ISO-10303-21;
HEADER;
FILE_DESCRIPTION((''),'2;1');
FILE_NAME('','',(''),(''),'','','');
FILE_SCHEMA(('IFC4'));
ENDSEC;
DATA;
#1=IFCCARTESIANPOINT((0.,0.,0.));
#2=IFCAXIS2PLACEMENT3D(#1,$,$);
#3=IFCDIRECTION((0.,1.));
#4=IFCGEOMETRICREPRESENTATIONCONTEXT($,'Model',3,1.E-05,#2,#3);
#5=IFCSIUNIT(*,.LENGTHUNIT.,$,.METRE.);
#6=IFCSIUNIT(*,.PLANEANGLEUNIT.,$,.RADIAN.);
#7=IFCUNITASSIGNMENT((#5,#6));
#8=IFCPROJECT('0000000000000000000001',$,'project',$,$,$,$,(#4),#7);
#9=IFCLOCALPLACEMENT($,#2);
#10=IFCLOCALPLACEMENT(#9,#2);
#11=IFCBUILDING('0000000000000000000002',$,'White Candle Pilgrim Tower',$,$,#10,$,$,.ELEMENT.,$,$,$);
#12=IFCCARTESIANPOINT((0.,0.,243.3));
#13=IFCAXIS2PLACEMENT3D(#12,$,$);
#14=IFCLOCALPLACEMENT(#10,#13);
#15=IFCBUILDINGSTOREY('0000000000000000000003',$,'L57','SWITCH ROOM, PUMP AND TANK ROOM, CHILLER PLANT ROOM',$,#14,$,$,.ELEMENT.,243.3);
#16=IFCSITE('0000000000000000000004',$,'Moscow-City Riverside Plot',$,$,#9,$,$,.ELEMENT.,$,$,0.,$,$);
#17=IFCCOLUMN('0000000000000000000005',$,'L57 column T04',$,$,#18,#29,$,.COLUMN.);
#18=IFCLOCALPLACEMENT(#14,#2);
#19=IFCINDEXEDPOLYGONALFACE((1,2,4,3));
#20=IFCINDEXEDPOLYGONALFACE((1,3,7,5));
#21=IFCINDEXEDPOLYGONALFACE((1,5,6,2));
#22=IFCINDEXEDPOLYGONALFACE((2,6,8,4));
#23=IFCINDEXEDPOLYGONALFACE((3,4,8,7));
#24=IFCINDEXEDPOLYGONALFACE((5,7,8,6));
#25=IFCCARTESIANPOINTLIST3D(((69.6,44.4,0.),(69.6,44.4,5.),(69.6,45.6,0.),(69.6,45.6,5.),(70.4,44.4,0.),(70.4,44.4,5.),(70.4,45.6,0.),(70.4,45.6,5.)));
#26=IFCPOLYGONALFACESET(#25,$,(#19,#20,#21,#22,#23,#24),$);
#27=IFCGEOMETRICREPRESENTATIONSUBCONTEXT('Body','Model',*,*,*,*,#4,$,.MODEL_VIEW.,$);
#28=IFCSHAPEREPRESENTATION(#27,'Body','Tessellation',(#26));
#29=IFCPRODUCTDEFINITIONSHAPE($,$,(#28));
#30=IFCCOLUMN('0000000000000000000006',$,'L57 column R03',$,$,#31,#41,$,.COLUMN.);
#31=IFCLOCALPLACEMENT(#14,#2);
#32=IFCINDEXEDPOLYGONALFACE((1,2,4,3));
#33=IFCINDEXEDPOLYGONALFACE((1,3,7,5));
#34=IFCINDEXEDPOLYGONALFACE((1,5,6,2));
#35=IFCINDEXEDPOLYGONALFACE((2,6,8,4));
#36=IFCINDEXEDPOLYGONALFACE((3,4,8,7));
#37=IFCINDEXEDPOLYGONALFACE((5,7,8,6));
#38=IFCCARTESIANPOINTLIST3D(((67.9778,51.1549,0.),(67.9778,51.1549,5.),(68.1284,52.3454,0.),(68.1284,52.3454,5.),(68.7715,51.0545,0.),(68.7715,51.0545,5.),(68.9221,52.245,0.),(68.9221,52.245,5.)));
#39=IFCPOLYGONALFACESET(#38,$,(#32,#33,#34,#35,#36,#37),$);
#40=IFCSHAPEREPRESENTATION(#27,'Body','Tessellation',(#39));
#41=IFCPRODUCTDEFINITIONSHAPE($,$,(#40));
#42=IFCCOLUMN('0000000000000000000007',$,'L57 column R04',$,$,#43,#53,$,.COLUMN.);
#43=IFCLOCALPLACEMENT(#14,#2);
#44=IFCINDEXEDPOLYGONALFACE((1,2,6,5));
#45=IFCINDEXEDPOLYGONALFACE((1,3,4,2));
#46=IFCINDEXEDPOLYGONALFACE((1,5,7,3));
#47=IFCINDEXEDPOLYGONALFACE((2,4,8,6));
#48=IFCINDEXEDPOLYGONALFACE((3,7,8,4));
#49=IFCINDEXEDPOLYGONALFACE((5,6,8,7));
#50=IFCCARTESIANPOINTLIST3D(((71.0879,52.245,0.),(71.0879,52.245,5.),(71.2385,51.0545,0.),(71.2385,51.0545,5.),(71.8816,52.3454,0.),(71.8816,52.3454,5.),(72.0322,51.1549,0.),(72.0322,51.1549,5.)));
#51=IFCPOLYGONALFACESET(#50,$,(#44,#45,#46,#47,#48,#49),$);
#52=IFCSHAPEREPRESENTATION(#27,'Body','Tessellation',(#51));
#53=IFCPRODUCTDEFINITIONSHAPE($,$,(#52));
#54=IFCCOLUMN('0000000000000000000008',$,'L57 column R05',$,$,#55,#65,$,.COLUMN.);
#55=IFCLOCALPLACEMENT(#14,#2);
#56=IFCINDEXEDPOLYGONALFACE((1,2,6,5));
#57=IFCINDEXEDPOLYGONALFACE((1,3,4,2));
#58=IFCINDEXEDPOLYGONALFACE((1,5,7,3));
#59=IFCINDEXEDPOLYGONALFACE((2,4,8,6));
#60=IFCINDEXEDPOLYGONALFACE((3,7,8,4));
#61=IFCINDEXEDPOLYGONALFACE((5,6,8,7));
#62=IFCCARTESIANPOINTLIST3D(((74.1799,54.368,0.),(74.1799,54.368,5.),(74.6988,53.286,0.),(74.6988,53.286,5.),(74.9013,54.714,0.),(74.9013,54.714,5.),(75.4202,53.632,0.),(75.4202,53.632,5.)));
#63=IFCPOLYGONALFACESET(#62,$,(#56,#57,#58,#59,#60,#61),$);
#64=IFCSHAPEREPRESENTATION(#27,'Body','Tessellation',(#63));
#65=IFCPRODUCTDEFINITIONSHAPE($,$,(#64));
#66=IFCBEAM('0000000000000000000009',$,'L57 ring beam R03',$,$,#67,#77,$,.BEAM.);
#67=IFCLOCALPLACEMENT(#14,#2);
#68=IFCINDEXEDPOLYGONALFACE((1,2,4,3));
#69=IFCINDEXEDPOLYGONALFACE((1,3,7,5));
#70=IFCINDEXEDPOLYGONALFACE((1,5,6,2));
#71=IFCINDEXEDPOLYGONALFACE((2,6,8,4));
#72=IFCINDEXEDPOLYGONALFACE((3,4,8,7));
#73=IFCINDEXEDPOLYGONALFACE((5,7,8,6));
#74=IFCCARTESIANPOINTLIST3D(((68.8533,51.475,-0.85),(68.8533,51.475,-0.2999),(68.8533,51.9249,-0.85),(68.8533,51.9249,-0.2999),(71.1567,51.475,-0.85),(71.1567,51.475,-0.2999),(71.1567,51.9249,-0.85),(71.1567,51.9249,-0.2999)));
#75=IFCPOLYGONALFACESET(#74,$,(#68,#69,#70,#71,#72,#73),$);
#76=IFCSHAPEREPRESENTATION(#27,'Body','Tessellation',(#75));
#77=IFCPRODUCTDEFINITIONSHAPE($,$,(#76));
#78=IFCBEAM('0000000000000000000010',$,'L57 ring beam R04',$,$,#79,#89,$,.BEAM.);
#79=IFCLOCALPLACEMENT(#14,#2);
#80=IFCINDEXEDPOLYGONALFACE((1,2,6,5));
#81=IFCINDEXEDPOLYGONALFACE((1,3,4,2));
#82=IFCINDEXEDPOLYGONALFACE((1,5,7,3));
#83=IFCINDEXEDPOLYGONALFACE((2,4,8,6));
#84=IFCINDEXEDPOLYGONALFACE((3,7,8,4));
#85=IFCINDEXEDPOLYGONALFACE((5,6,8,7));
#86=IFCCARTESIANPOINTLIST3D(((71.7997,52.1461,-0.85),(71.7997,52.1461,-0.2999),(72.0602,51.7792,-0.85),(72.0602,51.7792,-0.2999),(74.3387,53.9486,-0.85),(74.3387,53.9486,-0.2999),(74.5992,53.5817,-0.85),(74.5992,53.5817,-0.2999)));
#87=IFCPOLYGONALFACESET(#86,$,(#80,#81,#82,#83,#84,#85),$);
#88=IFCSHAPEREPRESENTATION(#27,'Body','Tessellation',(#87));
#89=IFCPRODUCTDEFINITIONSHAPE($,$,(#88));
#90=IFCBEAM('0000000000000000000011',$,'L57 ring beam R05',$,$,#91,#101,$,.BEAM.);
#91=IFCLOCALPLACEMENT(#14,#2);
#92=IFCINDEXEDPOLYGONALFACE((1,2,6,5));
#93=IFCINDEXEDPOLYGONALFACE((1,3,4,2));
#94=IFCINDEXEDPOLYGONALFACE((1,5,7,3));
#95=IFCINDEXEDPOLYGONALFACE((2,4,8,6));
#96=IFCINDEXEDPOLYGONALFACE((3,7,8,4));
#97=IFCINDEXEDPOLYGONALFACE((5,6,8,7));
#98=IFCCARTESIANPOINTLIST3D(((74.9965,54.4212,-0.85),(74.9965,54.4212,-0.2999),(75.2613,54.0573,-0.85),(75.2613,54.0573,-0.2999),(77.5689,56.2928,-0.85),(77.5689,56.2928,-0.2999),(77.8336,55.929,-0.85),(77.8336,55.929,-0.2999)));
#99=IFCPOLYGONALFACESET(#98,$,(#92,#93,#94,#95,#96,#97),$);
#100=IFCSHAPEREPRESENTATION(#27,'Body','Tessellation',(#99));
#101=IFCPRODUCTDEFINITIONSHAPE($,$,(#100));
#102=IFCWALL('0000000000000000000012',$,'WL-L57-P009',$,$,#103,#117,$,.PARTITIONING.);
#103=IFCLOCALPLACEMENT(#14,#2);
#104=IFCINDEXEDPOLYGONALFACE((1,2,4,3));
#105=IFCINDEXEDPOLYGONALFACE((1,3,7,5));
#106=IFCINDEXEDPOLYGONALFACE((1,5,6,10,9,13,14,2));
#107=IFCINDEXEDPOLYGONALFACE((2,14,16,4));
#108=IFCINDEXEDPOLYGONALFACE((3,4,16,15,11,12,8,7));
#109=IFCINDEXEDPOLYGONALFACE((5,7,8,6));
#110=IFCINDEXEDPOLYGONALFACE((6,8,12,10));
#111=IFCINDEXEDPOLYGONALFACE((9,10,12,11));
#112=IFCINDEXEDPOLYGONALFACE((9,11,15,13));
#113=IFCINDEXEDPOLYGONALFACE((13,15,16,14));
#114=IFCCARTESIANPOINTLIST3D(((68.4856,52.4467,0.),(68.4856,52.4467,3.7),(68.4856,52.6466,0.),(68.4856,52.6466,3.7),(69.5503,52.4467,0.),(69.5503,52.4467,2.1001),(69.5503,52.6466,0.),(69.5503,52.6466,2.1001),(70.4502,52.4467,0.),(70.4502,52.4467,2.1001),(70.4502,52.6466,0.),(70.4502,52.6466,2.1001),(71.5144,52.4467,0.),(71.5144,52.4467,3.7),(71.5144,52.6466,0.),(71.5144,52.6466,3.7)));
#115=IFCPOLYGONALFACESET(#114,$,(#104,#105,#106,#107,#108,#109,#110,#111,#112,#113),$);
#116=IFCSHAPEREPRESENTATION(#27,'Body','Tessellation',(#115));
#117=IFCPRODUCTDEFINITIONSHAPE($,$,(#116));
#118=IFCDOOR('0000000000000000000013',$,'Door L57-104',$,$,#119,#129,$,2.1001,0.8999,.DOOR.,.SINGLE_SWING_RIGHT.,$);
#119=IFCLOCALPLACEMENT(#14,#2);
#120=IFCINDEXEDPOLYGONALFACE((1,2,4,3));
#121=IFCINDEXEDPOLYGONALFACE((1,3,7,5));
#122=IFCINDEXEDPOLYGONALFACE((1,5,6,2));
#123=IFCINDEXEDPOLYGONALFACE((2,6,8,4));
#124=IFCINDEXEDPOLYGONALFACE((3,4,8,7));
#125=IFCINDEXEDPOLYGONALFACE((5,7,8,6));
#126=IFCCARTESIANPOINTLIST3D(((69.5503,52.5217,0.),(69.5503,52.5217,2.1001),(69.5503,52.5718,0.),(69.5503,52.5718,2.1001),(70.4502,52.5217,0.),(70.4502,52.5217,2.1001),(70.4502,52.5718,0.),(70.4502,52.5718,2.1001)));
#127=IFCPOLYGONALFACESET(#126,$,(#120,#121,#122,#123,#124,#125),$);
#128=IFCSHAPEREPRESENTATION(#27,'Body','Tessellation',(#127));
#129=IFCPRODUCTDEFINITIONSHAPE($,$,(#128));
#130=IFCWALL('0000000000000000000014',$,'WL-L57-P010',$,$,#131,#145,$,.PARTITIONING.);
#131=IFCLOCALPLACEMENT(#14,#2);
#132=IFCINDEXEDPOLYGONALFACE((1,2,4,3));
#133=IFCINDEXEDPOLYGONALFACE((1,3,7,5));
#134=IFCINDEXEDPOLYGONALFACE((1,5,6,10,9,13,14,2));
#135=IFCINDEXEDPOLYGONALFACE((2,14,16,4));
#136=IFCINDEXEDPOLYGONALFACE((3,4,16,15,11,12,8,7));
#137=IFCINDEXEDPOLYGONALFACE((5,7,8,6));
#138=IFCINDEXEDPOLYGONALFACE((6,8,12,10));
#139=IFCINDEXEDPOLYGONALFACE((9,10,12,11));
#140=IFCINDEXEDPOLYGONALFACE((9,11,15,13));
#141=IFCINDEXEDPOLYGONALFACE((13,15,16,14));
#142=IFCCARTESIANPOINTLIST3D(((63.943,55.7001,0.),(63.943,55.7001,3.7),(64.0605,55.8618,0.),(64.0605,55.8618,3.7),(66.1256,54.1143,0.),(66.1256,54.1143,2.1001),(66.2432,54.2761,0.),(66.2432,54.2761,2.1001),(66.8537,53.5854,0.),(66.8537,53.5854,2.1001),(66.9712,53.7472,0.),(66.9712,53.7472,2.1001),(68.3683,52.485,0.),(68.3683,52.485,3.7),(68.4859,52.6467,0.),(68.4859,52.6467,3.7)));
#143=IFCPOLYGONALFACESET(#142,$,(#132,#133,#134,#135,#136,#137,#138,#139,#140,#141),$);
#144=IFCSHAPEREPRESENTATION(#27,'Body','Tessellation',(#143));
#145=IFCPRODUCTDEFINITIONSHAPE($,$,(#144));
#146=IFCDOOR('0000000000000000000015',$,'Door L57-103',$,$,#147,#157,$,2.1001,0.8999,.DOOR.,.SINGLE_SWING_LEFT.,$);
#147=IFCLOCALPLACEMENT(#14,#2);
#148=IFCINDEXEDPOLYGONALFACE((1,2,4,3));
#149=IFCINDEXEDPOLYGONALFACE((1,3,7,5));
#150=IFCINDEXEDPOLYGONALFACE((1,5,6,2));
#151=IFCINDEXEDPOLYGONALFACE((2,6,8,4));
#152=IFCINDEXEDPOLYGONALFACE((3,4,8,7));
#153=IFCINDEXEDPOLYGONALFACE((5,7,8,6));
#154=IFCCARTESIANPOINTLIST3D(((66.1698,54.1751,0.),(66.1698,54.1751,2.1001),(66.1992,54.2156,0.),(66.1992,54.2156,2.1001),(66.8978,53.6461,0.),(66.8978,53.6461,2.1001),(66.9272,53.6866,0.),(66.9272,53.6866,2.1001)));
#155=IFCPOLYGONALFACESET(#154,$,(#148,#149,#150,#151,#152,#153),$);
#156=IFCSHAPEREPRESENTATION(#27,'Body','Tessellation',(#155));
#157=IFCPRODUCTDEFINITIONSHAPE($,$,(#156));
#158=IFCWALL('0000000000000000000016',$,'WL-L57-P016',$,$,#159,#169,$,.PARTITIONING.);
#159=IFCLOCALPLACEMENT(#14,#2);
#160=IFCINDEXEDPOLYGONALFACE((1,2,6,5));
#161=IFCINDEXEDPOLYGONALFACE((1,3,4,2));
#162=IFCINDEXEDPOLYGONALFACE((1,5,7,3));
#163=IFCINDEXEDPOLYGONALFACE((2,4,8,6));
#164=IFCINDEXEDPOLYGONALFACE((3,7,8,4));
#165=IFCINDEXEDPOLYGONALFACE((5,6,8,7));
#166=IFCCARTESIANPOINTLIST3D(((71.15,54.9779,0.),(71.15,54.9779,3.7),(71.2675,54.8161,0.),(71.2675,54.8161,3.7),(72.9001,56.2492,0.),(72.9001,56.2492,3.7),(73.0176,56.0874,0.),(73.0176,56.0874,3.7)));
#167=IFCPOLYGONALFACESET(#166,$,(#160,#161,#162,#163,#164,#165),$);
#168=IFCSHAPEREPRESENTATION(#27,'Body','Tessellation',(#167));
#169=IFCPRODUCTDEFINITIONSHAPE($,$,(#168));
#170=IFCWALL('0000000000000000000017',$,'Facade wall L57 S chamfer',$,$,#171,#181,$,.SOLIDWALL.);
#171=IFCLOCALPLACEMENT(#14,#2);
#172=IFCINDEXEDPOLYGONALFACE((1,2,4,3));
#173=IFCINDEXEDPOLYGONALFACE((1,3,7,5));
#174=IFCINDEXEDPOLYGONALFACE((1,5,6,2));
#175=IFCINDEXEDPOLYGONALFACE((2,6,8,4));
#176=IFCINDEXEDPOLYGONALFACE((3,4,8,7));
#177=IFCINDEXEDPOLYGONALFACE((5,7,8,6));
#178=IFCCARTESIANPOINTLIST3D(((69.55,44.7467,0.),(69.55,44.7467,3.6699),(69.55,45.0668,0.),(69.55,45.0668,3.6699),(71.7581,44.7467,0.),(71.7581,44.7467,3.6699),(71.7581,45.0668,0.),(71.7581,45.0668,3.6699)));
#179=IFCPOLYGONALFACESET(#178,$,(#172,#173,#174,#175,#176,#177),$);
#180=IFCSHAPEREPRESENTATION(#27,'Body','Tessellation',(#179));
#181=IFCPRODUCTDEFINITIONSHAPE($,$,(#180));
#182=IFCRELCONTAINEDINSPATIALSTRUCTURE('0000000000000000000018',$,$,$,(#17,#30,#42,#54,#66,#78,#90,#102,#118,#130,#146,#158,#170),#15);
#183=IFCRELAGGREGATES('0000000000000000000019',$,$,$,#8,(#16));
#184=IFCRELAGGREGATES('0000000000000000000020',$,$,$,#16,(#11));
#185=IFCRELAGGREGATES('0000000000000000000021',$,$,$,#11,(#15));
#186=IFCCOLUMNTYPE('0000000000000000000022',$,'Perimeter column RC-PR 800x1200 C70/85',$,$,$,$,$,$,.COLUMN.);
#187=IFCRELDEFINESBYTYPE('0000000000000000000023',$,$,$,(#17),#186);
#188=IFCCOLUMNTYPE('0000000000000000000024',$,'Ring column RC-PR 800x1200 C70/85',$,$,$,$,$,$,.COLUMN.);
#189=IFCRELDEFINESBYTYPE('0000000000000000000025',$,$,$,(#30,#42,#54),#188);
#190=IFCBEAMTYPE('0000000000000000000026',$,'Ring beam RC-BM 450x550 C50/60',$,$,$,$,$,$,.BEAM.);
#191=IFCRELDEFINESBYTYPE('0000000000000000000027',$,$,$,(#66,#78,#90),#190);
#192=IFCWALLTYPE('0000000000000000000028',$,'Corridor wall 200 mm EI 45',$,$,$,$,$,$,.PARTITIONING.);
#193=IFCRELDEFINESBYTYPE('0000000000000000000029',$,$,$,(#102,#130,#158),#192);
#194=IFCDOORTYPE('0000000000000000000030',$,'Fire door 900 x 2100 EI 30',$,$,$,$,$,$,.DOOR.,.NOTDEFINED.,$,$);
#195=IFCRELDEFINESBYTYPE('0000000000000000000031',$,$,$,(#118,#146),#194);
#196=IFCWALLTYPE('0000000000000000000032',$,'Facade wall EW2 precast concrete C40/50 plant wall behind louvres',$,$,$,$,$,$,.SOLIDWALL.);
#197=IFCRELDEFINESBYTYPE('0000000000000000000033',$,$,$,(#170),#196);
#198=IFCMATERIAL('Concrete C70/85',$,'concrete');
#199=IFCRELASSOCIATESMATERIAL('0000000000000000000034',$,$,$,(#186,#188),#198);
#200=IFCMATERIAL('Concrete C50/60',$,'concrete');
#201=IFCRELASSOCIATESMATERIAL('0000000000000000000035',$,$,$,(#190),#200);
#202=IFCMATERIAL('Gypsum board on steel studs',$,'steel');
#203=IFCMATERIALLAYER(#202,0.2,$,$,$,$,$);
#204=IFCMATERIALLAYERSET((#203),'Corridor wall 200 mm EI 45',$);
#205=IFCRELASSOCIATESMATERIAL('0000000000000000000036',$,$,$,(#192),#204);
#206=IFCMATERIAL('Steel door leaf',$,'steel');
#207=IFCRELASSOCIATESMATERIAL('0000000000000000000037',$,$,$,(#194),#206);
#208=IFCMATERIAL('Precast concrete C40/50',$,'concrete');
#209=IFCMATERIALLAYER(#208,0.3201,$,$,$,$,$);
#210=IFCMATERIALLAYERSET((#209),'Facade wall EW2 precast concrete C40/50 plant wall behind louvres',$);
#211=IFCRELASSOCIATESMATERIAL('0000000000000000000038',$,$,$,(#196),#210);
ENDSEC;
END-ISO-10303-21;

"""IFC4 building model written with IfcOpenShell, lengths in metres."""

from ifc_helpers import new_model, si_unit, direction, frame, frame_2d, origin, origin_2d, place, context, subcontext, project, spatial, rectangle, extrude, material, layer, layer_set, material_profile, profile_set, type_object, element, fill, save


model = new_model("IFC4")

# Units and contexts
model_context = context("Model", 3, precision=1e-05, world=origin(), true_north=direction((0.0, 1.0)))
body_context = subcontext(model_context, "Body", "Model", "MODEL_VIEW")
ifc_project = project(units=[si_unit("LENGTHUNIT", "METRE"), si_unit("PLANEANGLEUNIT", "RADIAN")], contexts=[model_context])

# Site, building, storey
site_placement = place(None, origin())
site = spatial("IfcSite", under=ifc_project, at=site_placement, Name="Moscow-City Riverside Plot", CompositionType="ELEMENT", RefElevation=0.0)
building_placement = place(site_placement, origin())
building = spatial("IfcBuilding", under=site, at=building_placement, Name="White Candle Pilgrim Tower", CompositionType="ELEMENT")
storey_placement = place(building_placement, frame((0.0, 0.0, 243.3)))
storey = spatial("IfcBuildingStorey", under=building, at=storey_placement, Name="L57", Description="SWITCH ROOM, PUMP AND TANK ROOM, CHILLER PLANT ROOM", CompositionType="ELEMENT", Elevation=243.3)

# Columns
ifc_material_1 = material(Name="Concrete C70/85", Category="concrete")
ifc_material_profile_1 = material_profile(ifc_material_1, rectangle(XDim=0.8, YDim=1.2, at=origin_2d()), Name="RC-PR 800x1200")
ifc_profile_set_1 = profile_set([ifc_material_profile_1], Name="Concrete C70/85")
column_type_1 = type_object("IfcColumnType", Name="Perimeter column RC-PR 800x1200 C70/85", PredefinedType="COLUMN", material=ifc_profile_set_1)
column_placement = place(storey_placement, frame((70.0, 45.0, 0.0), z_axis=(0.0, 0.0, 1.0), x_axis=(-1.0, 0.0, 0.0)))
element("IfcColumn", 1, at=column_placement, inside=storey, type_object=column_type_1, Name="L57 column T04", PredefinedType="COLUMN", context=body_context, shape_type="SweptSolid", body=[
    extrude(rectangle(XDim=0.8, YDim=1.2, at=origin_2d()), origin(), (0.0, 0.0, 1.0), 5.0),
])
ifc_material_profile_2 = material_profile(ifc_material_1, rectangle(XDim=0.8, YDim=1.2, at=origin_2d()), Name="RC-PR 800x1200")
ifc_profile_set_2 = profile_set([ifc_material_profile_2], Name="Concrete C70/85")
column_type_2 = type_object("IfcColumnType", Name="Ring column RC-PR 800x1200 C70/85", PredefinedType="COLUMN", material=ifc_profile_set_2)
for number, where, z_axis, x_axis, name in (
    (2, (68.45, 51.7, 0.0), (0.0, 0.0, 1.0), (-0.992093, 0.125506, 0.0), "L57 column R03"),
    (3, (71.5601, 51.7, 0.0), (0.0, 0.0, 1.0), (-0.992093, -0.125506, 0.0), "L57 column R04"),
    (4, (74.8, 54.0, 0.0), (0.0, 0.0, 1.0), (-0.901689, -0.432385, 0.0), "L57 column R05"),
):
    element("IfcColumn", number, at=place(storey_placement, frame(where, z_axis=z_axis, x_axis=x_axis)), inside=storey, type_object=column_type_2, Name=name, PredefinedType="COLUMN", context=body_context, shape_type="SweptSolid", body=[
        extrude(rectangle(XDim=0.8, YDim=1.2, at=origin_2d()), origin(), (0.0, 0.0, 1.0), 5.0),
    ])

# Beams
ifc_material_2 = material(Name="Concrete C50/60", Category="concrete")
ifc_material_profile_3 = material_profile(ifc_material_2, rectangle(XDim=0.45, YDim=0.55, at=origin_2d()), Name="RC-BM 450x550")
ifc_profile_set_3 = profile_set([ifc_material_profile_3], Name="Concrete C50/60")
beam_type = type_object("IfcBeamType", Name="Ring beam RC-BM 450x550 C50/60", PredefinedType="BEAM", material=ifc_profile_set_3)
beam_1_placement = place(storey_placement, frame((68.8533, 51.7, -0.575), z_axis=(1.0, 0.0, 0.0), x_axis=(0.0, 1.0, 0.0)))
element("IfcBeam", 5, at=beam_1_placement, inside=storey, type_object=beam_type, Name="L57 ring beam R03", PredefinedType="BEAM", context=body_context, shape_type="SweptSolid", body=[
    extrude(rectangle(XDim=0.45, YDim=0.55, at=origin_2d()), origin(), (0.0, 0.0, 1.0), 2.3035),
])
beam_2_placement = place(storey_placement, frame((71.9299, 51.9626, -0.575), z_axis=(0.81542, 0.57887, 0.0), x_axis=(-0.57887, 0.81542, 0.0)))
element("IfcBeam", 6, at=beam_2_placement, inside=storey, type_object=beam_type, Name="L57 ring beam R04", PredefinedType="BEAM", context=body_context, shape_type="SweptSolid", body=[
    extrude(rectangle(XDim=0.45, YDim=0.55, at=origin_2d()), origin(), (0.0, 0.0, 1.0), 3.1138),
])
beam_3_placement = place(storey_placement, frame((75.1289, 54.2393, -0.575), z_axis=(0.80861, 0.588345, 0.0), x_axis=(-0.588345, 0.80861, 0.0)))
element("IfcBeam", 7, at=beam_3_placement, inside=storey, type_object=beam_type, Name="L57 ring beam R05", PredefinedType="BEAM", context=body_context, shape_type="SweptSolid", body=[
    extrude(rectangle(XDim=0.45, YDim=0.55, at=origin_2d()), origin(), (0.0, 0.0, 1.0), 3.1812),
])

# Walls, openings, doors
ifc_material_3 = material(Name="Gypsum board on steel studs", Category="steel")
ifc_layer_1 = layer(ifc_material_3, 0.2)
ifc_layer_set_1 = layer_set([ifc_layer_1], Name="Corridor wall 200 mm EI 45")
wall_type_1 = type_object("IfcWallType", Name="Corridor wall 200 mm EI 45", PredefinedType="PARTITIONING", material=ifc_layer_set_1)
wall_1_placement = place(storey_placement, frame((71.5144, 52.5466, 0.0), z_axis=(0.0, 0.0, 1.0), x_axis=(-1.0, 0.0, 0.0)))
wall_1 = element("IfcWall", 8, at=wall_1_placement, inside=storey, type_object=wall_type_1, Name="WL-L57-P009", PredefinedType="PARTITIONING", context=body_context, shape_type="SweptSolid", body=[
    extrude(rectangle(XDim=3.0288, YDim=0.2, at=frame_2d((1.5144, 0.0))), origin(), (0.0, 0.0, 1.0), 3.7),
])
opening_1_placement = place(wall_1_placement, frame((1.0642, 0.0, 0.0)))
opening_1 = element("IfcOpeningElement", 9, at=opening_1_placement, cuts=wall_1, PredefinedType="OPENING", context=body_context, shape_type="SweptSolid", body=[
    extrude(rectangle(XDim=0.8999, YDim=2.1001, at=frame_2d((0.45, 1.05))), frame((0.0, 0.1099, 0.0), z_axis=(0.0, -1.0, 0.0), x_axis=(1.0, 0.0, 0.0)), (0.0, 0.0, 1.0), 0.22),
])
ifc_material_4 = material(Name="Steel door leaf", Category="steel")
door_type = type_object("IfcDoorType", Name="Fire door 900 x 2100 EI 30", OperationType="NOTDEFINED", PredefinedType="DOOR", material=ifc_material_4)
door_1_placement = place(opening_1_placement, origin())
door_1 = element("IfcDoor", 10, at=door_1_placement, inside=storey, type_object=door_type, Name="Door L57-104", OperationType="SINGLE_SWING_RIGHT", OverallHeight=2.1001, OverallWidth=0.8999, PredefinedType="DOOR", context=body_context, shape_type="SweptSolid", body=[
    extrude(rectangle(XDim=0.8999, YDim=2.1001, at=frame_2d((0.45, 1.05))), frame((0.0, 0.0249, 0.0), z_axis=(0.0, -1.0, 0.0), x_axis=(1.0, 0.0, 0.0)), (0.0, 0.0, 1.0), 0.05),
])
fill(opening_1, door_1)
wall_2_placement = place(storey_placement, frame((68.427, 52.5659, 0.0), z_axis=(0.0, 0.0, 1.0), x_axis=(-0.809024, 0.587776, 0.0)))
wall_2 = element("IfcWall", 11, at=wall_2_placement, inside=storey, type_object=wall_type_1, Name="WL-L57-P010", PredefinedType="PARTITIONING", context=body_context, shape_type="SweptSolid", body=[
    extrude(rectangle(XDim=5.47, YDim=0.2, at=frame_2d((2.7349, 0.0))), origin(), (0.0, 0.0, 1.0), 3.7),
])
opening_2_placement = place(wall_2_placement, frame((1.8721, 0.0, 0.0)))
opening_2 = element("IfcOpeningElement", 12, at=opening_2_placement, cuts=wall_2, PredefinedType="OPENING", context=body_context, shape_type="SweptSolid", body=[
    extrude(rectangle(XDim=0.8999, YDim=2.1001, at=frame_2d((0.45, 1.05))), frame((0.0, 0.1099, 0.0), z_axis=(0.0, -1.0, 0.0), x_axis=(1.0, 0.0, 0.0)), (0.0, 0.0, 1.0), 0.22),
])
door_2_placement = place(opening_2_placement, origin())
door_2 = element("IfcDoor", 13, at=door_2_placement, inside=storey, type_object=door_type, Name="Door L57-103", OperationType="SINGLE_SWING_LEFT", OverallHeight=2.1001, OverallWidth=0.8999, PredefinedType="DOOR", context=body_context, shape_type="SweptSolid", body=[
    extrude(rectangle(XDim=0.8999, YDim=2.1001, at=frame_2d((0.45, 1.05))), frame((0.0, 0.0249, 0.0), z_axis=(0.0, -1.0, 0.0), x_axis=(1.0, 0.0, 0.0)), (0.0, 0.0, 1.0), 0.05),
])
fill(opening_2, door_2)

# Walls
wall_3_placement = place(storey_placement, frame((71.2087, 54.897, 0.0), z_axis=(0.0, 0.0, 1.0), x_axis=(0.809063, 0.587722, 0.0)))
element("IfcWall", 14, at=wall_3_placement, inside=storey, type_object=wall_type_1, Name="WL-L57-P016", PredefinedType="PARTITIONING", context=body_context, shape_type="SweptSolid", body=[
    extrude(rectangle(XDim=2.1631, YDim=0.2, at=frame_2d((1.0815, 0.0))), origin(), (0.0, 0.0, 1.0), 3.7),
])
ifc_material_5 = material(Name="Precast concrete C40/50", Category="concrete")
ifc_layer_2 = layer(ifc_material_5, 0.3201)
ifc_layer_set_2 = layer_set([ifc_layer_2], Name="Facade wall EW2 precast concrete C40/50 plant wall behind louvres")
wall_type_2 = type_object("IfcWallType", Name="Facade wall EW2 precast concrete C40/50 plant wall behind louvres", PredefinedType="SOLIDWALL", material=ifc_layer_set_2)
wall_4_placement = place(storey_placement, frame((69.55, 44.9067, 0.0), z_axis=(0.0, 0.0, 1.0), x_axis=(1.0, 0.0, 0.0)))
element("IfcWall", 15, at=wall_4_placement, inside=storey, type_object=wall_type_2, Name="Facade wall L57 S chamfer", PredefinedType="SOLIDWALL", context=body_context, shape_type="SweptSolid", body=[
    extrude(rectangle(XDim=2.208, YDim=0.3201, at=frame_2d((1.104, 0.0))), origin(), (0.0, 0.0, 1.0), 3.6699),
])

save(model, "model.ifc")
